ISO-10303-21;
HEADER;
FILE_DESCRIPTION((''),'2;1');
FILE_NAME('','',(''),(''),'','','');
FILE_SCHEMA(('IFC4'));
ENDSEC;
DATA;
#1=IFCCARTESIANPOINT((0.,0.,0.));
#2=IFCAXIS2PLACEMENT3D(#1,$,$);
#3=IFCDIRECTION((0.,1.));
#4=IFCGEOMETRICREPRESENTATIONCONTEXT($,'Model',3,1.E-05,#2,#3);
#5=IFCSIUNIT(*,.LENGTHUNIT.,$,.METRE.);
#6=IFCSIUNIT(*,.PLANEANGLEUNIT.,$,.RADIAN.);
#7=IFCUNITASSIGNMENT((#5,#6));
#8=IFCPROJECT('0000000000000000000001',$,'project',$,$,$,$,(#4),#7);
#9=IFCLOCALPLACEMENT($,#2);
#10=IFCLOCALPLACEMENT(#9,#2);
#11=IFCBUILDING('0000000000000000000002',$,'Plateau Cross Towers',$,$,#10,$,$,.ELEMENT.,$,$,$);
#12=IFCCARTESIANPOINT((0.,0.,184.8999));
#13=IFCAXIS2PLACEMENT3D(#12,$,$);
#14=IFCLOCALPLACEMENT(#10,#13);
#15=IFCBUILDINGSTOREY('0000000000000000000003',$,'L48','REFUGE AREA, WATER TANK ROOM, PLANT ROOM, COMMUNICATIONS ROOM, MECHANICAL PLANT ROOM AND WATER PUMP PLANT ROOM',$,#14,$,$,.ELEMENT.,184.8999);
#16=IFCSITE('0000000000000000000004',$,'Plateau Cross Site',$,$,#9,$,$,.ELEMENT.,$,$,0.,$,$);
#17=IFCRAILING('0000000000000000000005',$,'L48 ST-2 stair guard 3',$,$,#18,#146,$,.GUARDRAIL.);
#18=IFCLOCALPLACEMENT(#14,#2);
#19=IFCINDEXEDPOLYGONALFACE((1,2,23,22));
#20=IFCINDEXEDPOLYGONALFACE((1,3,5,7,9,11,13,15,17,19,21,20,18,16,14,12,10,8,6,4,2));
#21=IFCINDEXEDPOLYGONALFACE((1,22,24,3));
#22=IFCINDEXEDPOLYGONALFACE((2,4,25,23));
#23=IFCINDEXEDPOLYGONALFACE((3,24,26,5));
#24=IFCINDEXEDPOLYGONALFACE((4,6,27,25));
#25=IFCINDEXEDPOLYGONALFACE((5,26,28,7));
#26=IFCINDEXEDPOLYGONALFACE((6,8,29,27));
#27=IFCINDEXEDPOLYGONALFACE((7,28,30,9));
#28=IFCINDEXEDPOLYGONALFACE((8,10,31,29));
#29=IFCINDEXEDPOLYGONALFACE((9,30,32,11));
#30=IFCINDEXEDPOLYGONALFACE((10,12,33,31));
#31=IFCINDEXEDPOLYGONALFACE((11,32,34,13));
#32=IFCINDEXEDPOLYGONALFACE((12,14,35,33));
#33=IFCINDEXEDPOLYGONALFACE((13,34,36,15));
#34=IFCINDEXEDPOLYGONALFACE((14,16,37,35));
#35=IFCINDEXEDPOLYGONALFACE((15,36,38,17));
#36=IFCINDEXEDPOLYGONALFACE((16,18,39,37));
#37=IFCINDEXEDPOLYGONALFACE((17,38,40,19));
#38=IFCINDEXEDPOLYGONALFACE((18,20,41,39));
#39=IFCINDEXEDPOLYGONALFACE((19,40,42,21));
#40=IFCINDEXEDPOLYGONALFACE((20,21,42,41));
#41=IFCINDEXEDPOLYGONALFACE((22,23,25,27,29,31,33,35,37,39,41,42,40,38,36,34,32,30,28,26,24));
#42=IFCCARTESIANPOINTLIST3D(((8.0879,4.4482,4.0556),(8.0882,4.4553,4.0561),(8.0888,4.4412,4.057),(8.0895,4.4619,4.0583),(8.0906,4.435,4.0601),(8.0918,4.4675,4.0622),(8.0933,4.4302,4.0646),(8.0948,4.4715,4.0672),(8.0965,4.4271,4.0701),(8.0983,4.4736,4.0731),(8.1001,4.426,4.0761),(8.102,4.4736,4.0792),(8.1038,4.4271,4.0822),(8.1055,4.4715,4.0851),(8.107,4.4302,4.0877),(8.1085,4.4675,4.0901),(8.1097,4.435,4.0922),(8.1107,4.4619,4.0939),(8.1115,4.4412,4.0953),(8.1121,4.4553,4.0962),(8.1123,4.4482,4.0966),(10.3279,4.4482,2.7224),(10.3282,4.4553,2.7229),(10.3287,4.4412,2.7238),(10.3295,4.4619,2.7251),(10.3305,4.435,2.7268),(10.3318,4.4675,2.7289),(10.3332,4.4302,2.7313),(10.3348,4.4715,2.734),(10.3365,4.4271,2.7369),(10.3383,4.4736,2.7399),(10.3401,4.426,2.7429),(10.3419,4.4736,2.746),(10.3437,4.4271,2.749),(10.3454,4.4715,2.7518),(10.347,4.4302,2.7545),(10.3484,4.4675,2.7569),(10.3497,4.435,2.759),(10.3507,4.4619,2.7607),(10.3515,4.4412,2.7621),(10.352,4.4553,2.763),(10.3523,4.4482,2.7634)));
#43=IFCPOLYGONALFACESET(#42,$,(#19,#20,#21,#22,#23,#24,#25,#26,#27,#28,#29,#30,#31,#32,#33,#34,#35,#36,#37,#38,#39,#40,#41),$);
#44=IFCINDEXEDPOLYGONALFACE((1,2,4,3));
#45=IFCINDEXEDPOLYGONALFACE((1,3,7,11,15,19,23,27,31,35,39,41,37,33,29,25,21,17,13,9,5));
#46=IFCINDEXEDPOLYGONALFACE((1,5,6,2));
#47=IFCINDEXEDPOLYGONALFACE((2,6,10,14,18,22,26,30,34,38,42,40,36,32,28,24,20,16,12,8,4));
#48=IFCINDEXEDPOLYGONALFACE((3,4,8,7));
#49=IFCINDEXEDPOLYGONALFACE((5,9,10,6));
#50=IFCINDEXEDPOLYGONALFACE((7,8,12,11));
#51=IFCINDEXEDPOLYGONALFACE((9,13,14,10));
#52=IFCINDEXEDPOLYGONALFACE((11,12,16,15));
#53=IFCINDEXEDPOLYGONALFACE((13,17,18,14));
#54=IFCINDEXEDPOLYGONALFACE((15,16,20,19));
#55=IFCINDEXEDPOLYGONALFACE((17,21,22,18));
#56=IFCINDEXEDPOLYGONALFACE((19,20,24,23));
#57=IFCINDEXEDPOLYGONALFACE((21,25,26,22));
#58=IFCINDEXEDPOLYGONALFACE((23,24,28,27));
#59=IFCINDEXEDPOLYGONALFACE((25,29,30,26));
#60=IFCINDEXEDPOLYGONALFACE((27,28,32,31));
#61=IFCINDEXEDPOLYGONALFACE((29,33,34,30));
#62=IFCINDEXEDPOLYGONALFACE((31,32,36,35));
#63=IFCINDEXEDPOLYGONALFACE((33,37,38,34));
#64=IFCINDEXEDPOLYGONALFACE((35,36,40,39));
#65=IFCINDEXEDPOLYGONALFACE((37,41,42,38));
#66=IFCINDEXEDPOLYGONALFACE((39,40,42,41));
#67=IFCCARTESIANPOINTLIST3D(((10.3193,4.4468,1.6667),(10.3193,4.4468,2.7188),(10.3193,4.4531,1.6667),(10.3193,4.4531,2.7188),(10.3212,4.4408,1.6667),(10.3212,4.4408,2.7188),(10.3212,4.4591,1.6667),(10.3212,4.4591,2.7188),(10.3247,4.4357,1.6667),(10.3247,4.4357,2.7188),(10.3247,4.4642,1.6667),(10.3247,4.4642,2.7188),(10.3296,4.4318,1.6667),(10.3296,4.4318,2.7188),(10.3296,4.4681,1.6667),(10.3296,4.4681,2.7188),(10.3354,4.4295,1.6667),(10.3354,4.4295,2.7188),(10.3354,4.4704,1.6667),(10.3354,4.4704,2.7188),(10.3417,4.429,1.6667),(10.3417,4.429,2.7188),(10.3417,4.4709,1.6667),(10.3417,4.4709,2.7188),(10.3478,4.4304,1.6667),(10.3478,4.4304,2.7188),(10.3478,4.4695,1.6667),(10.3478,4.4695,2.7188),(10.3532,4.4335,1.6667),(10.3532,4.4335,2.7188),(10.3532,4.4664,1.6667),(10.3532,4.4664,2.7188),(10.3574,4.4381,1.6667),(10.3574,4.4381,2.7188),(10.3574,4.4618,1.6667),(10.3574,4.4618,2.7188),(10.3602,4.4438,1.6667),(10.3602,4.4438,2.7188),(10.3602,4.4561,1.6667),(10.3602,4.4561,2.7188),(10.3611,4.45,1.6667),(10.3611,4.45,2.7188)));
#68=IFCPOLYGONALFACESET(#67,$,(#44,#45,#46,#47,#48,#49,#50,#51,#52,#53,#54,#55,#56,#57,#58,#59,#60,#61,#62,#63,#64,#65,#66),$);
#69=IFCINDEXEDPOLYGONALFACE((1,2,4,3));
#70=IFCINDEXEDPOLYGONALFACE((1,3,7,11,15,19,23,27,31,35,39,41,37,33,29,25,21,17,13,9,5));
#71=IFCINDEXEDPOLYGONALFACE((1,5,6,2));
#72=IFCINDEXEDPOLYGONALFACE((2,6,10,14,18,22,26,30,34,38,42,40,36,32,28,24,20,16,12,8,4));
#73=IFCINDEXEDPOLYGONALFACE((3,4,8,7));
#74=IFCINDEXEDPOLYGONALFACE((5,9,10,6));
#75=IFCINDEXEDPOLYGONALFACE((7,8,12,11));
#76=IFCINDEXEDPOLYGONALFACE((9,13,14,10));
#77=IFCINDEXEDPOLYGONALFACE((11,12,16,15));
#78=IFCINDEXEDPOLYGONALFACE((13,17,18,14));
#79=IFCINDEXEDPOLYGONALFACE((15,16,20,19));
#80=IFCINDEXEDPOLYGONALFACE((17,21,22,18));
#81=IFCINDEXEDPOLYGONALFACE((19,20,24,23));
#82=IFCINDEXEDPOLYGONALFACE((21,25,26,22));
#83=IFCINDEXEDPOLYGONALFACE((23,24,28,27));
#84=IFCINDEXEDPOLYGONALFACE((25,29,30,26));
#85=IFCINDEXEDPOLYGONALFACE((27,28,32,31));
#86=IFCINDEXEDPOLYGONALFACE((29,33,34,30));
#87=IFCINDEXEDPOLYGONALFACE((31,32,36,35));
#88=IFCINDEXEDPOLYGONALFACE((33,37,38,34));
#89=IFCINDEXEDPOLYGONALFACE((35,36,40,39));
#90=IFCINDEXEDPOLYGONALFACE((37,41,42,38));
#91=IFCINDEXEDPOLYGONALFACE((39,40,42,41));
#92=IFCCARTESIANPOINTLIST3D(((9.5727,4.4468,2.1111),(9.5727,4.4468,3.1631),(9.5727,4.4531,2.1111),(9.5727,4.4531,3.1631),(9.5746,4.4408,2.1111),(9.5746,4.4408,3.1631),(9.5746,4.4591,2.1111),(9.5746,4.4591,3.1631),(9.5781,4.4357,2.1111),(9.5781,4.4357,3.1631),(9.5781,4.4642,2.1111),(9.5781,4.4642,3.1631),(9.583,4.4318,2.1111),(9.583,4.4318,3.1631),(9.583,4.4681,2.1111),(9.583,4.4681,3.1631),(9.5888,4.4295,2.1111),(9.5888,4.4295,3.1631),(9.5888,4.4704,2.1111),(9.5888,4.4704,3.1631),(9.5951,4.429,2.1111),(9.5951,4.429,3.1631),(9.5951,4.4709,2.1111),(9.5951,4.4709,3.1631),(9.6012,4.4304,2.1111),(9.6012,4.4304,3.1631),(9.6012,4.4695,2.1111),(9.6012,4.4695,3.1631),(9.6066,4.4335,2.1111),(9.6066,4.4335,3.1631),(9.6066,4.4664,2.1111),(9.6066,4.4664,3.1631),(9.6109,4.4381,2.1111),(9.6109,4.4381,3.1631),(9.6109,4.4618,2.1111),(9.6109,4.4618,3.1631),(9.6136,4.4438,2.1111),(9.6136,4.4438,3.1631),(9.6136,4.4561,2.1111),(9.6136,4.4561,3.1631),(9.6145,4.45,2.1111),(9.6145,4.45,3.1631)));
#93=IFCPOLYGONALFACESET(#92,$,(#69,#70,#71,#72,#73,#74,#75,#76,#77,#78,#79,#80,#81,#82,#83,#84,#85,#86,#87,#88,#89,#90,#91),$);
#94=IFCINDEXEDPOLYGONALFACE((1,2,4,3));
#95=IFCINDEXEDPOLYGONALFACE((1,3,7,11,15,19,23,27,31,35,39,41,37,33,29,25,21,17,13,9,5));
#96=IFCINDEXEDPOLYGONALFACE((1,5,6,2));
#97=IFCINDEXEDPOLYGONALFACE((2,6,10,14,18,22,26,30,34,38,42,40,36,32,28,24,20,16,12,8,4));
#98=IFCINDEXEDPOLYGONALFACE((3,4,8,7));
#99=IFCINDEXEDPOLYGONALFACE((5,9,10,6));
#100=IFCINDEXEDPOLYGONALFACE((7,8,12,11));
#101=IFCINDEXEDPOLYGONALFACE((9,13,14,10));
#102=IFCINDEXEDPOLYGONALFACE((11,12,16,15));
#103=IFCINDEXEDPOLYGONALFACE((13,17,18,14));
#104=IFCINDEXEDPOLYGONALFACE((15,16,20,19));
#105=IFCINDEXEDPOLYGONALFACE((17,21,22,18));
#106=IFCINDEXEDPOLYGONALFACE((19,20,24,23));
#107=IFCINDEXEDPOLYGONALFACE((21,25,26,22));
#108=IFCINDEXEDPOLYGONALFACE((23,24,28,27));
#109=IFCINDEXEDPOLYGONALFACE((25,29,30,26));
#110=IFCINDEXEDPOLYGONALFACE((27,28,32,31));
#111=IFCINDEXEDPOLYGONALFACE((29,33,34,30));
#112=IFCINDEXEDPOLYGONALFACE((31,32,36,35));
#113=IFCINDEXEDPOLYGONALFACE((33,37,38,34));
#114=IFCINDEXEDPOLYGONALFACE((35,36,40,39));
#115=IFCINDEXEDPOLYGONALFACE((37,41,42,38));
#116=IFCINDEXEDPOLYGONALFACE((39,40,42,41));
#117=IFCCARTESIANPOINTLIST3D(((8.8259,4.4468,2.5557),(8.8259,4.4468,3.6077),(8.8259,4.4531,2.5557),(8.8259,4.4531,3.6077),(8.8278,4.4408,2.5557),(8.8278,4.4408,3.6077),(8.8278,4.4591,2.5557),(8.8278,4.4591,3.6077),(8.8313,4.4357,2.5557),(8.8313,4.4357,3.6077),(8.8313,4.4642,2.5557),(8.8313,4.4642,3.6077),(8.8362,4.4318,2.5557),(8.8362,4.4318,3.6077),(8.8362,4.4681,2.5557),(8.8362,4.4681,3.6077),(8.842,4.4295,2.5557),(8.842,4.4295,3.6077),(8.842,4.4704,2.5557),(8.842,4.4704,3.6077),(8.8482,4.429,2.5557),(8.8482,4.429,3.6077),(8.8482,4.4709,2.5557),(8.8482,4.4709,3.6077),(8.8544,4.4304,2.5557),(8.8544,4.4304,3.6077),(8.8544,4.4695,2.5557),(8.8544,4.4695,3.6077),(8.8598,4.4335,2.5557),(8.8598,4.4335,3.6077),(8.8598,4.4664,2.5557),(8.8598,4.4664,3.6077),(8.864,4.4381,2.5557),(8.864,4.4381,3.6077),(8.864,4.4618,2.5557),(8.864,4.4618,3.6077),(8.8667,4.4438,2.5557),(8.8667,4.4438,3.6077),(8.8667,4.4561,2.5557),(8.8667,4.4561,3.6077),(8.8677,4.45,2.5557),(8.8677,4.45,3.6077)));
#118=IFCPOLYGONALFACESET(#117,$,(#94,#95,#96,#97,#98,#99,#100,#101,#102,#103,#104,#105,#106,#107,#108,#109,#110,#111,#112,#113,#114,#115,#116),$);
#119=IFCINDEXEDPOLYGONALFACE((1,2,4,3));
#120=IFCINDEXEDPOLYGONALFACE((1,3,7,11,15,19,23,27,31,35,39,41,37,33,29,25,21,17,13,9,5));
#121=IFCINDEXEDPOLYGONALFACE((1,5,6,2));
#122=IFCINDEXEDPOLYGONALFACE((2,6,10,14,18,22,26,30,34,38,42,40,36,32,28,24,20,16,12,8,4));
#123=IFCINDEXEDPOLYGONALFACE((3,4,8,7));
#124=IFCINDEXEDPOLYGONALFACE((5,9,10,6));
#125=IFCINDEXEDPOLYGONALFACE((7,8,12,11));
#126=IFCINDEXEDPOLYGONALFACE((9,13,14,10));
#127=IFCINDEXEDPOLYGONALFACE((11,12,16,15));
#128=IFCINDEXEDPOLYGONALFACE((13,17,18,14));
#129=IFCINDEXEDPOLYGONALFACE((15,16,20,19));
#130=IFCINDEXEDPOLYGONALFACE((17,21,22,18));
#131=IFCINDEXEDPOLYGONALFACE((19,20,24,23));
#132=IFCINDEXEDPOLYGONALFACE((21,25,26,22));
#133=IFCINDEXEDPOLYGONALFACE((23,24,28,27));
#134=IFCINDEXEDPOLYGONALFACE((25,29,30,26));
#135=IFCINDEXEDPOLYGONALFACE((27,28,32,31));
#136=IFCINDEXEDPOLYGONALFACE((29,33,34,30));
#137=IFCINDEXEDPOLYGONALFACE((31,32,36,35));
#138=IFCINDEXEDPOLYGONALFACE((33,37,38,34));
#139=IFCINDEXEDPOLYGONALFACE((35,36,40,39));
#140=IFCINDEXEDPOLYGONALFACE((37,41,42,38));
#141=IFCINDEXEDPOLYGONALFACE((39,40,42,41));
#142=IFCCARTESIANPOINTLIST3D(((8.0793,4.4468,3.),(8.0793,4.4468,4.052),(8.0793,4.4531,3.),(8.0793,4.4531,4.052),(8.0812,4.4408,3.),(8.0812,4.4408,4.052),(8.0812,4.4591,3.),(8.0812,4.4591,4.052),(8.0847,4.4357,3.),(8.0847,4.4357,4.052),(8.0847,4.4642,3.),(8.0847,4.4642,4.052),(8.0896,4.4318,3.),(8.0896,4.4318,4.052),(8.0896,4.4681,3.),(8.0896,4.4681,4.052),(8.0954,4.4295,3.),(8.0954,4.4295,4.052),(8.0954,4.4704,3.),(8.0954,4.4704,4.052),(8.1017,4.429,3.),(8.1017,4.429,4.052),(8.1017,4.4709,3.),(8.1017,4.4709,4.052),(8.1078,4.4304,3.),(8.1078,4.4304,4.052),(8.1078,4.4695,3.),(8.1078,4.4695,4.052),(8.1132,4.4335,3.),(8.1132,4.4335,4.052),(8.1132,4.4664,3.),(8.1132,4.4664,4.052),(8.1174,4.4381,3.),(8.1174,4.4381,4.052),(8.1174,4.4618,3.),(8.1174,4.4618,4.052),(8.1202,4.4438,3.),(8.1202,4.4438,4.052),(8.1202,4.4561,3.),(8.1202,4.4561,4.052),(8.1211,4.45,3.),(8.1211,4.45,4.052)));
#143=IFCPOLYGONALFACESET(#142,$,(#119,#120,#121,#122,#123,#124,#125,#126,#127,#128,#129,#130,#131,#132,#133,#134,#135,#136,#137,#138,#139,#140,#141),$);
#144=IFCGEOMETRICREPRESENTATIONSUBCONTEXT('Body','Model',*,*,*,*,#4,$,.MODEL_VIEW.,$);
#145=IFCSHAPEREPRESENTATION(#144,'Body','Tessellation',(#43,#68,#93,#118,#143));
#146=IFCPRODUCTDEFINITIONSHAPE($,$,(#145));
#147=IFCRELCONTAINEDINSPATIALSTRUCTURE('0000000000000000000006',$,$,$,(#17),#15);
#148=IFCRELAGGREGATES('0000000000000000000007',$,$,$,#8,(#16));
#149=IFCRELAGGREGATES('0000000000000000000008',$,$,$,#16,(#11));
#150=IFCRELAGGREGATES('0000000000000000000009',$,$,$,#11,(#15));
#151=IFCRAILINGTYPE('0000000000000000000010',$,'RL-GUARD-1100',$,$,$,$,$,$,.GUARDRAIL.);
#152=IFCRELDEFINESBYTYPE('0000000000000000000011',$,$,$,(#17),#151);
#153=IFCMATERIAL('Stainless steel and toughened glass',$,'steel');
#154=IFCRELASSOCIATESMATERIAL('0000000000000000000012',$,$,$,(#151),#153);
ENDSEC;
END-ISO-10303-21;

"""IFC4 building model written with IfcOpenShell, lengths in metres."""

from ifc_helpers import new_model, si_unit, direction, frame, origin, origin_2d, place, context, subcontext, project, spatial, circle, extrude, material, type_object, element, save


model = new_model("IFC4")

# Units and contexts
model_context = context("Model", 3, precision=1e-05, world=origin(), true_north=direction((0.0, 1.0)))
body_context = subcontext(model_context, "Body", "Model", "MODEL_VIEW")
ifc_project = project(units=[si_unit("LENGTHUNIT", "METRE"), si_unit("PLANEANGLEUNIT", "RADIAN")], contexts=[model_context])

# Site, building, storey
site_placement = place(None, origin())
site = spatial("IfcSite", under=ifc_project, at=site_placement, Name="Plateau Cross Site", CompositionType="ELEMENT", RefElevation=0.0)
building_placement = place(site_placement, origin())
building = spatial("IfcBuilding", under=site, at=building_placement, Name="Plateau Cross Towers", CompositionType="ELEMENT")
storey_placement = place(building_placement, frame((0.0, 0.0, 184.8999)))
storey = spatial("IfcBuildingStorey", under=building, at=storey_placement, Name="L48", Description="REFUGE AREA, WATER TANK ROOM, PLANT ROOM, COMMUNICATIONS ROOM, MECHANICAL PLANT ROOM AND WATER PUMP PLANT ROOM", CompositionType="ELEMENT", Elevation=184.8999)

# Railing
ifc_material_1 = material(Name="Stainless steel and toughened glass", Category="steel")
railing_type_1 = type_object("IfcRailingType", Name="RL-GUARD-1100", PredefinedType="GUARDRAIL", material=ifc_material_1)
railing_1_placement = place(storey_placement, frame((10.3401, 4.45, 1.6667)))
element("IfcRailing", 1, at=railing_1_placement, inside=storey, type_object=railing_type_1, Name="L48 ST-2 stair guard 3", PredefinedType="GUARDRAIL", context=body_context, shape_type="SweptSolid", body=[
    extrude(circle(Radius=0.0239, at=origin_2d()), frame((0.0, 0.0, 1.0762), z_axis=(-0.859306, 0.0, 0.511462), x_axis=(0.0, -1.0, 0.0)), (0.0, 0.0, 1.0), 2.6067),
    extrude(circle(Radius=0.021, at=origin_2d()), origin(), (0.0, 0.0, 1.0), 1.052),
    extrude(circle(Radius=0.021, at=origin_2d()), frame((-0.7466, 0.0, 0.4443)), (0.0, 0.0, 1.0), 1.052),
    extrude(circle(Radius=0.021, at=origin_2d()), frame((-1.4934, 0.0, 0.8889)), (0.0, 0.0, 1.0), 1.052),
    extrude(circle(Radius=0.021, at=origin_2d()), frame((-2.24, 0.0, 1.3333)), (0.0, 0.0, 1.0), 1.052),
])

save(model, "model.ifc")
